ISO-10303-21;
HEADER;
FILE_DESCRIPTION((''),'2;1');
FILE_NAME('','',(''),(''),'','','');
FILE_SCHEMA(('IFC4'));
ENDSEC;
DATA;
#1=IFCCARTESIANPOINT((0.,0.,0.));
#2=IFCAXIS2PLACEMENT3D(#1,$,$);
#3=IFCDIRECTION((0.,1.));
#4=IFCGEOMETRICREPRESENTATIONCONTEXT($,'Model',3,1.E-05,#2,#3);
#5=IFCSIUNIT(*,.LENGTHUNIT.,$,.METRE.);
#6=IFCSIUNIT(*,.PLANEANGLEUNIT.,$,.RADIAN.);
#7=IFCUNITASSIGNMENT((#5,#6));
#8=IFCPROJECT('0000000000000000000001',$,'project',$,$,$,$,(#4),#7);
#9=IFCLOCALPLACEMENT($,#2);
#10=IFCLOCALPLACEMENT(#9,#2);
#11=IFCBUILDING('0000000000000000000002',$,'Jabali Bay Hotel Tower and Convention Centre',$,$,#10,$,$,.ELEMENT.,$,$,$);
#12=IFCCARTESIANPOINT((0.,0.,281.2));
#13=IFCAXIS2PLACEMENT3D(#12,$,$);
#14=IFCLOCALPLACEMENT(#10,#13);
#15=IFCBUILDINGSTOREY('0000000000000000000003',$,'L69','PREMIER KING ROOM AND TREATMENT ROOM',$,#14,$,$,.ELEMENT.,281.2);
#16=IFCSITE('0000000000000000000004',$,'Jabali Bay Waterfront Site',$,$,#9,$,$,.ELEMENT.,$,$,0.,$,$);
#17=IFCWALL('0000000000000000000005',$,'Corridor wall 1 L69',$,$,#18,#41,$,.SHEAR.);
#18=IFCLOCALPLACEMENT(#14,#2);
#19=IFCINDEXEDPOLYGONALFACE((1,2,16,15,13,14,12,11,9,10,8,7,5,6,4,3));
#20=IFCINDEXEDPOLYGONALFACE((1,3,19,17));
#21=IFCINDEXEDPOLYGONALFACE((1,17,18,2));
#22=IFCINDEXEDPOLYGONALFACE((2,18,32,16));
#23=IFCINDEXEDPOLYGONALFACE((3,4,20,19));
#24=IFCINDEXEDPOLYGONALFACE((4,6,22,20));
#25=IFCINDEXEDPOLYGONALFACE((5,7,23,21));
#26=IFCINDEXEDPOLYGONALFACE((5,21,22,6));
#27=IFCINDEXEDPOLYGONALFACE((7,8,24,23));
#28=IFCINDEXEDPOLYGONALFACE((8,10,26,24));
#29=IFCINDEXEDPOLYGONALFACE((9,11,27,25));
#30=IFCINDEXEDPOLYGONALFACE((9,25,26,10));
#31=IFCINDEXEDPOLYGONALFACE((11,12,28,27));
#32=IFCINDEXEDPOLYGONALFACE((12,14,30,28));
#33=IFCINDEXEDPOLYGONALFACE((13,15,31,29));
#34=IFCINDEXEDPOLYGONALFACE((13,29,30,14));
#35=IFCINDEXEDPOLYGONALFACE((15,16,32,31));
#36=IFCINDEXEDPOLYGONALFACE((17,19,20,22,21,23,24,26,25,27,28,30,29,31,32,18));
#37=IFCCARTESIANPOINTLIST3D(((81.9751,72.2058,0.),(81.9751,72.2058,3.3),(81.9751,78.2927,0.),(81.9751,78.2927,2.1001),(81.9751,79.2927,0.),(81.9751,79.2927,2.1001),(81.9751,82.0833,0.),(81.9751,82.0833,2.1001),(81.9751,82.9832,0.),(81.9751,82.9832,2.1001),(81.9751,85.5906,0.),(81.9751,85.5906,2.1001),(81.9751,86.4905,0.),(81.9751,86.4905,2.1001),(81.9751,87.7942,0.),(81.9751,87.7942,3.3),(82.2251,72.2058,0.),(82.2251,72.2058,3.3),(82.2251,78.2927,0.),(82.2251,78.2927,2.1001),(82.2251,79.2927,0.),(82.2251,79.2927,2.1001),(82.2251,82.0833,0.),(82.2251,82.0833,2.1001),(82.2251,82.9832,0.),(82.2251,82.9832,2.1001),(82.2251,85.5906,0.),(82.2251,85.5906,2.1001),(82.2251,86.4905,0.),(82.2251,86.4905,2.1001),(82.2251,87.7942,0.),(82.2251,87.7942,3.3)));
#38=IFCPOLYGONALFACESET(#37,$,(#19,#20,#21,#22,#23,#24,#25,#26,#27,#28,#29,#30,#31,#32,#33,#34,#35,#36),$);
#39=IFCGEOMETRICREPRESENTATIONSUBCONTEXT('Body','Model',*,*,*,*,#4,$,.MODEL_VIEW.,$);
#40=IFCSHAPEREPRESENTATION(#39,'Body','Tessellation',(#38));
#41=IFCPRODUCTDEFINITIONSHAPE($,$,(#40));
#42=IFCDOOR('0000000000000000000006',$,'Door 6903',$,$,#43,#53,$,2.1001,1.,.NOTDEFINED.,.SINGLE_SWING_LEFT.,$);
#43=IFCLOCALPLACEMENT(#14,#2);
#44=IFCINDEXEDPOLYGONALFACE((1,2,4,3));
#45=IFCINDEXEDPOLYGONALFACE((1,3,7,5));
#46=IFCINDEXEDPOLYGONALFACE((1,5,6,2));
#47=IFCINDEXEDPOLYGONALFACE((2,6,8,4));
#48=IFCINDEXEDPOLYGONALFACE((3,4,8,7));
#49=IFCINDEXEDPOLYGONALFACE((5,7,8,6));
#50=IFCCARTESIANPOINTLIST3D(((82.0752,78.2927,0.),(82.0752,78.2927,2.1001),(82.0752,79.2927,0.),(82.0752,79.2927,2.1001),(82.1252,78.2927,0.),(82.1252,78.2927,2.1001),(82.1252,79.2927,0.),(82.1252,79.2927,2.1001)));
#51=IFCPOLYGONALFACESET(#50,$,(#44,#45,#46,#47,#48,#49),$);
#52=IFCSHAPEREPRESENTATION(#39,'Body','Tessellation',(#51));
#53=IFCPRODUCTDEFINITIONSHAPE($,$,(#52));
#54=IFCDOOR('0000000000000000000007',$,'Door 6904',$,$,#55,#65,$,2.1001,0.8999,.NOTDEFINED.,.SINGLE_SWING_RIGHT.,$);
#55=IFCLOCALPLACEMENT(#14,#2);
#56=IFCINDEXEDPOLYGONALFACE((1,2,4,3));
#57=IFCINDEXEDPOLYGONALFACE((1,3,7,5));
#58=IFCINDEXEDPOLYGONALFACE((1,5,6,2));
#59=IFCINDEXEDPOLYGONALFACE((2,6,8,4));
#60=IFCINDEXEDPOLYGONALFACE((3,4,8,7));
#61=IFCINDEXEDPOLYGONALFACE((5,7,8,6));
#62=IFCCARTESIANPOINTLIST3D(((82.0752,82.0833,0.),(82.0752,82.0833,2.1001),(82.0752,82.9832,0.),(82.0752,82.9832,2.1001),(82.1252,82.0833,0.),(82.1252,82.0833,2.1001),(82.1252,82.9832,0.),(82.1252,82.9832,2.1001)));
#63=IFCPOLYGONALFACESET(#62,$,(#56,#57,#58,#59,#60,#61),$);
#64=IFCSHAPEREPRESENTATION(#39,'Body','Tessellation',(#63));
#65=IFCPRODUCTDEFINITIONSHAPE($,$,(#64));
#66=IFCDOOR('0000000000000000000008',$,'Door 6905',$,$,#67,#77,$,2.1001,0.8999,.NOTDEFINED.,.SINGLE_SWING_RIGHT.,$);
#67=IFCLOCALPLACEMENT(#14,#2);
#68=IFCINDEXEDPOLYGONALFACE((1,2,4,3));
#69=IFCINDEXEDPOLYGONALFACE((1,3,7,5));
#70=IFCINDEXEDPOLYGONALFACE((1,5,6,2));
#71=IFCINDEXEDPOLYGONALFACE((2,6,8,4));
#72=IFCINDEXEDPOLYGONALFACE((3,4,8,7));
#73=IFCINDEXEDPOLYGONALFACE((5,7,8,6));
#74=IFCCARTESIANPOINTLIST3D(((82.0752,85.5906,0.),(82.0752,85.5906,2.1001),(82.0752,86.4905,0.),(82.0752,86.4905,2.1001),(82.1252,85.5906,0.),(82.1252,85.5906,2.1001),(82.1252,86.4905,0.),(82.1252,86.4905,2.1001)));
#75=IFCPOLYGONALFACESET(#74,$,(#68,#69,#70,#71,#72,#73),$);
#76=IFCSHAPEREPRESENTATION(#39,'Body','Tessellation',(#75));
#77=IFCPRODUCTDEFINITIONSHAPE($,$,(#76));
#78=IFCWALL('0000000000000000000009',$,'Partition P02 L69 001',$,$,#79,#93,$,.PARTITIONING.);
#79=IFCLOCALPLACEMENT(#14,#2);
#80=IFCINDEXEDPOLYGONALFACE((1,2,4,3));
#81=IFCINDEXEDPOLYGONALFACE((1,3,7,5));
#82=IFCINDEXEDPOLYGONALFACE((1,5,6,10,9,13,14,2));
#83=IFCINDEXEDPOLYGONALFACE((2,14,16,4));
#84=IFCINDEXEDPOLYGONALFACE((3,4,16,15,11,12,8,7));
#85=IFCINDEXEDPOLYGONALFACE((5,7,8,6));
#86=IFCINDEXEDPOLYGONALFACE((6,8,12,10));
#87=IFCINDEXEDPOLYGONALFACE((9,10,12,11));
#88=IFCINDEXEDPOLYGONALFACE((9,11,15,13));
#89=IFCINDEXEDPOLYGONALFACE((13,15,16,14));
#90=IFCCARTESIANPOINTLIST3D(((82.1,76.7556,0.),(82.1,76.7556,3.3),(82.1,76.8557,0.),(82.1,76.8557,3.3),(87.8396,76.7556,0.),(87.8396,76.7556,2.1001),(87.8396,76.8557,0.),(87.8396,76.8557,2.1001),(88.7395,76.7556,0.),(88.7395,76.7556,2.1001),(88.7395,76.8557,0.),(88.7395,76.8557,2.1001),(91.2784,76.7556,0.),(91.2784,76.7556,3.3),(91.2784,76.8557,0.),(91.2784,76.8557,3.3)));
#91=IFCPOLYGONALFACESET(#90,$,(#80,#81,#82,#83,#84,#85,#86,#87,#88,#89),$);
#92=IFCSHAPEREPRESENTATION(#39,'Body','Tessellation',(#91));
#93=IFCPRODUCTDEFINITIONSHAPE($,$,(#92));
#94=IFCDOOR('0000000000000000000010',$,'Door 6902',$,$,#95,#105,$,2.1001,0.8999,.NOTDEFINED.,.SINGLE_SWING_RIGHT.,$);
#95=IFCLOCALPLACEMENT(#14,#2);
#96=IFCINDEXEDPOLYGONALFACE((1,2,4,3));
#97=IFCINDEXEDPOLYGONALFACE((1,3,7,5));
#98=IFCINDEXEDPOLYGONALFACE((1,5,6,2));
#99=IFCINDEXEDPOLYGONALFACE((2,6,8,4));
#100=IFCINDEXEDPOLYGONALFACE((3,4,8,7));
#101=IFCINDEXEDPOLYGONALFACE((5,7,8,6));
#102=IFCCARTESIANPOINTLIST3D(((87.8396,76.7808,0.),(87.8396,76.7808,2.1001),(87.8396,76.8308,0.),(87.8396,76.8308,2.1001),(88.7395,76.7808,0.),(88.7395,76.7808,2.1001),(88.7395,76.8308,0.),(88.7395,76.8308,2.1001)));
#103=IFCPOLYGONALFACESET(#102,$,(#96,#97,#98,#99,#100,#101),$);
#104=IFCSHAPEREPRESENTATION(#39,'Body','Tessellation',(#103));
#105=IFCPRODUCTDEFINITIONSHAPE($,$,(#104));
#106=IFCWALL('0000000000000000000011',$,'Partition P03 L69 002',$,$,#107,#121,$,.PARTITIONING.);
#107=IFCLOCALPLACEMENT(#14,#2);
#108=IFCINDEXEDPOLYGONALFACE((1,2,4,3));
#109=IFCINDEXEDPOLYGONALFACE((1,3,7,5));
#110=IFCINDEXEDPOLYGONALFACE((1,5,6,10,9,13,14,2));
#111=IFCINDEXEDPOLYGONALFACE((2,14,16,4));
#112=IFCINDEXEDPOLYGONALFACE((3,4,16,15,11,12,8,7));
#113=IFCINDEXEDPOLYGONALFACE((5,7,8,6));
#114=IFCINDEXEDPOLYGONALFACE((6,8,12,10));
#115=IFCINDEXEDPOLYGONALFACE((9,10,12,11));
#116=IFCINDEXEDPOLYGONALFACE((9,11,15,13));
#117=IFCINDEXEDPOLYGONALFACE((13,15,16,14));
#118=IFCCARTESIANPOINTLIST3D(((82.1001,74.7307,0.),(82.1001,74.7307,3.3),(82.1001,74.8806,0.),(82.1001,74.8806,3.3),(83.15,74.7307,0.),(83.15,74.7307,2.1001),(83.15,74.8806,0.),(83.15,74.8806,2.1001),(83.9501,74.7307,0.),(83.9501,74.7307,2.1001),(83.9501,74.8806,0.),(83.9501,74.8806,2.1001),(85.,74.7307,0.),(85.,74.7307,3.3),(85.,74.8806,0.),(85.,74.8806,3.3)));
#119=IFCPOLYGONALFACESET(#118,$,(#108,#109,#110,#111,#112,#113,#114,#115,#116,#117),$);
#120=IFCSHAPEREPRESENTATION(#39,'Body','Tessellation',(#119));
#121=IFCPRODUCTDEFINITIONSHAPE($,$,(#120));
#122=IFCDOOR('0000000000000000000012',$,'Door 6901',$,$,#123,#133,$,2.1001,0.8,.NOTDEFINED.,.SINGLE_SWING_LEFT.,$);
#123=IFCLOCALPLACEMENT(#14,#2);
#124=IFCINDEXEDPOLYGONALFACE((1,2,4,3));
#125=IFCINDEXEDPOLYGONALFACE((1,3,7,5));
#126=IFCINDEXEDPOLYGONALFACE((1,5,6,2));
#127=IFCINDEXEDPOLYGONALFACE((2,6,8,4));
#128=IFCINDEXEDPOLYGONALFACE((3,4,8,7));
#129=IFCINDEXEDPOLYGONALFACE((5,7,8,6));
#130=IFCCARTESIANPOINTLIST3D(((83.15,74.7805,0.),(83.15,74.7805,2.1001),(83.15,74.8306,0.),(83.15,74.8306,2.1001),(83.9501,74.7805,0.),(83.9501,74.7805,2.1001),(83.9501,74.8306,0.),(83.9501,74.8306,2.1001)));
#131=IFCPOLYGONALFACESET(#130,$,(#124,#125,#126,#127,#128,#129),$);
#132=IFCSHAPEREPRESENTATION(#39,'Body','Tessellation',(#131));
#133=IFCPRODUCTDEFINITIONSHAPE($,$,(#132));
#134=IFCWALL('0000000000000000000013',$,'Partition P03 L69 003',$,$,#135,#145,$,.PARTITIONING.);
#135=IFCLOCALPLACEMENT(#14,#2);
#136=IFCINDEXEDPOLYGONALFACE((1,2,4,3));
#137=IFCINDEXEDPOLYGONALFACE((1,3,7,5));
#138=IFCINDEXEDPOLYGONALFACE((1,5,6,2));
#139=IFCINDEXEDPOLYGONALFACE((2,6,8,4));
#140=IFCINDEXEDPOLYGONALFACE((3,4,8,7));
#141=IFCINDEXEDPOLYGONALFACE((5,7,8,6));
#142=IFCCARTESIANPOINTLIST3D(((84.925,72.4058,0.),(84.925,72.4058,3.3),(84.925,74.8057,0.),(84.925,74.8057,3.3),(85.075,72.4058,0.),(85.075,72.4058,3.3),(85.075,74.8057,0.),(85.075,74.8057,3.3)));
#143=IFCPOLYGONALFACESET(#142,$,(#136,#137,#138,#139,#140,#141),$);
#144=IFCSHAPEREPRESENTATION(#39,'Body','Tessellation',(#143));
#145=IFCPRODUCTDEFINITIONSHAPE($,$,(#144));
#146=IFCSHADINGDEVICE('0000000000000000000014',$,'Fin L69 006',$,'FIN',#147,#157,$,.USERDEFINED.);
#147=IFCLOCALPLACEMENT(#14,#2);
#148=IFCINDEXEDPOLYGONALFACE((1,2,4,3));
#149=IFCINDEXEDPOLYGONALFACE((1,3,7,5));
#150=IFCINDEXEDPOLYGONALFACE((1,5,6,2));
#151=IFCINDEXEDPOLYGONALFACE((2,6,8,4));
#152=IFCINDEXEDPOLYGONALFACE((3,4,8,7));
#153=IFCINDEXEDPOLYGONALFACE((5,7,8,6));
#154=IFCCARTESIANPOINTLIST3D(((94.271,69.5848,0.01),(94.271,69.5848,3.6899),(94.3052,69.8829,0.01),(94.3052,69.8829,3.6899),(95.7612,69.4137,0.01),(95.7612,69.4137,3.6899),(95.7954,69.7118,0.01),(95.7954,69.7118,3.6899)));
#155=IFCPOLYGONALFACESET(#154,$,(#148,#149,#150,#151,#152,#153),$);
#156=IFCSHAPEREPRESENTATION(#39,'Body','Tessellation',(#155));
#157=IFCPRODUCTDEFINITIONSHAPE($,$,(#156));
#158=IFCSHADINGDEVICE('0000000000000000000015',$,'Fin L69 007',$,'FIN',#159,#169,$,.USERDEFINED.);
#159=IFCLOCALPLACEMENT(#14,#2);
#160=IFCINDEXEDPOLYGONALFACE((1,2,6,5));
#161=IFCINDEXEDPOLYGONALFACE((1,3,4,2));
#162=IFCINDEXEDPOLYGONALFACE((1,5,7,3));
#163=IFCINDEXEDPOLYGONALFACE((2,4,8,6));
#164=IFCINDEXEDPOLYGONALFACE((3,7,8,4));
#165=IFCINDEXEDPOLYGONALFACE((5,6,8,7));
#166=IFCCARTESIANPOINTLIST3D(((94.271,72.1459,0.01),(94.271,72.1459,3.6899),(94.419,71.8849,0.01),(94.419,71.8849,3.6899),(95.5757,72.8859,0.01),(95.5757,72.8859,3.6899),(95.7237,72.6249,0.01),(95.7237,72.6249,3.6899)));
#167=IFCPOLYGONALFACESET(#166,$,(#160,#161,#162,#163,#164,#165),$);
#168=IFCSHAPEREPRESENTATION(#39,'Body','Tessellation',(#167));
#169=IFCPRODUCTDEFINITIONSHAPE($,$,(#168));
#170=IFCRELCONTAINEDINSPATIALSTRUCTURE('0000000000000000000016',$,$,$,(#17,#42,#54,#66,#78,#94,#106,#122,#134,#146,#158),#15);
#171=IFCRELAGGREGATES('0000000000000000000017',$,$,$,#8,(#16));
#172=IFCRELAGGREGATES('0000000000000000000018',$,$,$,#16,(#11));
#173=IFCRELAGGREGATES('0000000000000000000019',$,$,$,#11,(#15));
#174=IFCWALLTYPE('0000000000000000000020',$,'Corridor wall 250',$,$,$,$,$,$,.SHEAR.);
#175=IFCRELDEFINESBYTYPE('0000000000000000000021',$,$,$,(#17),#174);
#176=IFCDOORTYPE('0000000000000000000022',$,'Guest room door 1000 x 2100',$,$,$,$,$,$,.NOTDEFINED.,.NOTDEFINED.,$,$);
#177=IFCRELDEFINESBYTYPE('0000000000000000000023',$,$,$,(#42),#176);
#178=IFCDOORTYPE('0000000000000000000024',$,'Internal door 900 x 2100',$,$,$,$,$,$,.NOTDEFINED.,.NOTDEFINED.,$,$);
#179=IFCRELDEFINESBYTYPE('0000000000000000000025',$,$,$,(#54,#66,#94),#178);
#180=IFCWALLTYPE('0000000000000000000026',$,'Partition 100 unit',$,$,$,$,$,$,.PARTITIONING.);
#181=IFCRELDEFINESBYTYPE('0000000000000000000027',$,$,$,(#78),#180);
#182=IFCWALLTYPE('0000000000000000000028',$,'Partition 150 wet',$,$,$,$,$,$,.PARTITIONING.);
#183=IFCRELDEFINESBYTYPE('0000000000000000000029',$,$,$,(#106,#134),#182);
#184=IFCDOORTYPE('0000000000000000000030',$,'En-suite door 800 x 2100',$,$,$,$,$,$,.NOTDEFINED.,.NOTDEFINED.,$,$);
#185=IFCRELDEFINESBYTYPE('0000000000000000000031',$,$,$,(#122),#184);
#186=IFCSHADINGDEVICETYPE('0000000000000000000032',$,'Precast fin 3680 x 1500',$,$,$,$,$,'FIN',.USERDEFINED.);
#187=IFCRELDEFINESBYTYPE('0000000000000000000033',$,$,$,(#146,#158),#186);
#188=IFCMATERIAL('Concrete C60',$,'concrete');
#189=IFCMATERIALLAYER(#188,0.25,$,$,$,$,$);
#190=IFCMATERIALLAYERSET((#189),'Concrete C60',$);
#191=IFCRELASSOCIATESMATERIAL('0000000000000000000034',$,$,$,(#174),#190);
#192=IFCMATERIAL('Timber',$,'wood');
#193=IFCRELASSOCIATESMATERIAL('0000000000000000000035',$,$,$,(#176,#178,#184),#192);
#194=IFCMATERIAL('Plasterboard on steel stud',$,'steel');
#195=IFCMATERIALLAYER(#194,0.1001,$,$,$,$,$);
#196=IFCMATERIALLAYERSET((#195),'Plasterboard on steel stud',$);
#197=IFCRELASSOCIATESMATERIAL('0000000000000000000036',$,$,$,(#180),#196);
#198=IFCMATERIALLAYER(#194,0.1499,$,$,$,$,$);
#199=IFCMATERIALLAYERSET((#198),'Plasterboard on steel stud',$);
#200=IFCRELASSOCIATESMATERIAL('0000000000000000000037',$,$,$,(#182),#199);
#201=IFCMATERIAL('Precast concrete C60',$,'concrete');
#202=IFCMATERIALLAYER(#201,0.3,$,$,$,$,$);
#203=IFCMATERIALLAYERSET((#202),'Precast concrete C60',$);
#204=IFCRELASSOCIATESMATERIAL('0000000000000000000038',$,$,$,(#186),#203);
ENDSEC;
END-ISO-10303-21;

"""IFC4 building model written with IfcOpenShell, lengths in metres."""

from ifc_helpers import new_model, si_unit, direction, frame, frame_2d, origin, place, context, subcontext, project, spatial, rectangle, extrude, material, layer, layer_set, type_object, element, fill, save


model = new_model("IFC4")

# Units and contexts
model_context = context("Model", 3, precision=1e-05, world=origin(), true_north=direction((0.0, 1.0)))
body_context = subcontext(model_context, "Body", "Model", "MODEL_VIEW")
ifc_project = project(units=[si_unit("LENGTHUNIT", "METRE"), si_unit("PLANEANGLEUNIT", "RADIAN")], contexts=[model_context])

# Site, building, storey
site_placement = place(None, origin())
site = spatial("IfcSite", under=ifc_project, at=site_placement, Name="Jabali Bay Waterfront Site", CompositionType="ELEMENT", RefElevation=0.0)
building_placement = place(site_placement, origin())
building = spatial("IfcBuilding", under=site, at=building_placement, Name="Jabali Bay Hotel Tower and Convention Centre", CompositionType="ELEMENT")
storey_placement = place(building_placement, frame((0.0, 0.0, 281.2)))
storey = spatial("IfcBuildingStorey", under=building, at=storey_placement, Name="L69", Description="PREMIER KING ROOM AND TREATMENT ROOM", CompositionType="ELEMENT", Elevation=281.2)

# Shared definitions
ifc_material_1 = material(Name="Concrete C60", Category="concrete")

# Wall, openings, doors
ifc_layer_1 = layer(ifc_material_1, 0.25)
ifc_layer_set_1 = layer_set([ifc_layer_1], Name="Concrete C60")
wall_type_1 = type_object("IfcWallType", Name="Corridor wall 250", PredefinedType="SHEAR", material=ifc_layer_set_1)
wall_1_placement = place(storey_placement, frame((82.1001, 72.2058, 0.0), z_axis=(0.0, 0.0, 1.0), x_axis=(0.0, 1.0, 0.0)))
wall_1 = element("IfcWall", 1, at=wall_1_placement, inside=storey, type_object=wall_type_1, Name="Corridor wall 1 L69", PredefinedType="SHEAR", context=body_context, shape_type="SweptSolid", body=[
    extrude(rectangle(XDim=15.5884, YDim=0.25, at=frame_2d((7.7942, 0.0))), origin(), (0.0, 0.0, 1.0), 3.3),
])
opening_1_placement = place(wall_1_placement, frame((6.0869, 0.0, 0.0)))
opening_1 = element("IfcOpeningElement", 2, at=opening_1_placement, cuts=wall_1, PredefinedType="OPENING", context=body_context, shape_type="SweptSolid", body=[
    extrude(rectangle(XDim=1.0, YDim=2.1001, at=frame_2d((0.5, 1.05))), frame((0.0, 0.1355, 0.0), z_axis=(0.0, -1.0, 0.0), x_axis=(1.0, 0.0, 0.0)), (0.0, 0.0, 1.0), 0.271),
])
opening_2_placement = place(wall_1_placement, frame((9.8774, 0.0, 0.0)))
opening_2 = element("IfcOpeningElement", 3, at=opening_2_placement, cuts=wall_1, PredefinedType="OPENING", context=body_context, shape_type="SweptSolid", body=[
    extrude(rectangle(XDim=0.8999, YDim=2.1001, at=frame_2d((0.45, 1.05))), frame((0.0, 0.1355, 0.0), z_axis=(0.0, -1.0, 0.0), x_axis=(1.0, 0.0, 0.0)), (0.0, 0.0, 1.0), 0.271),
])
opening_3_placement = place(wall_1_placement, frame((13.3848, 0.0, 0.0)))
opening_3 = element("IfcOpeningElement", 4, at=opening_3_placement, cuts=wall_1, PredefinedType="OPENING", context=body_context, shape_type="SweptSolid", body=[
    extrude(rectangle(XDim=0.8999, YDim=2.1001, at=frame_2d((0.45, 1.05))), frame((0.0, 0.1355, 0.0), z_axis=(0.0, -1.0, 0.0), x_axis=(1.0, 0.0, 0.0)), (0.0, 0.0, 1.0), 0.271),
])
ifc_material_2 = material(Name="Timber", Category="wood")
door_type_1 = type_object("IfcDoorType", Name="Guest room door 1000 x 2100", OperationType="NOTDEFINED", PredefinedType="NOTDEFINED", material=ifc_material_2)
door_1_placement = place(opening_1_placement, origin())
door_1 = element("IfcDoor", 5, at=door_1_placement, inside=storey, type_object=door_type_1, Name="Door 6903", OperationType="SINGLE_SWING_LEFT", OverallHeight=2.1001, OverallWidth=1.0, PredefinedType="NOTDEFINED", context=body_context, shape_type="SweptSolid", body=[
    extrude(rectangle(XDim=1.0, YDim=2.1001, at=frame_2d((0.5, 1.05))), frame((0.0, 0.0249, 0.0), z_axis=(0.0, -1.0, 0.0), x_axis=(1.0, 0.0, 0.0)), (0.0, 0.0, 1.0), 0.05),
])
fill(opening_1, door_1)
door_type_2 = type_object("IfcDoorType", Name="Internal door 900 x 2100", OperationType="NOTDEFINED", PredefinedType="NOTDEFINED", material=ifc_material_2)
door_2_placement = place(opening_2_placement, origin())
door_2 = element("IfcDoor", 6, at=door_2_placement, inside=storey, type_object=door_type_2, Name="Door 6904", OperationType="SINGLE_SWING_RIGHT", OverallHeight=2.1001, OverallWidth=0.8999, PredefinedType="NOTDEFINED", context=body_context, shape_type="SweptSolid", body=[
    extrude(rectangle(XDim=0.8999, YDim=2.1001, at=frame_2d((0.45, 1.05))), frame((0.0, 0.0249, 0.0), z_axis=(0.0, -1.0, 0.0), x_axis=(1.0, 0.0, 0.0)), (0.0, 0.0, 1.0), 0.05),
])
fill(opening_2, door_2)
door_3_placement = place(opening_3_placement, origin())
door_3 = element("IfcDoor", 7, at=door_3_placement, inside=storey, type_object=door_type_2, Name="Door 6905", OperationType="SINGLE_SWING_RIGHT", OverallHeight=2.1001, OverallWidth=0.8999, PredefinedType="NOTDEFINED", context=body_context, shape_type="SweptSolid", body=[
    extrude(rectangle(XDim=0.8999, YDim=2.1001, at=frame_2d((0.45, 1.05))), frame((0.0, 0.0249, 0.0), z_axis=(0.0, -1.0, 0.0), x_axis=(1.0, 0.0, 0.0)), (0.0, 0.0, 1.0), 0.05),
])
fill(opening_3, door_3)

# Walls, openings, doors
ifc_material_3 = material(Name="Plasterboard on steel stud", Category="steel")
ifc_layer_2 = layer(ifc_material_3, 0.1001)
ifc_layer_set_2 = layer_set([ifc_layer_2], Name="Plasterboard on steel stud")
wall_type_2 = type_object("IfcWallType", Name="Partition 100 unit", PredefinedType="PARTITIONING", material=ifc_layer_set_2)
wall_2_placement = place(storey_placement, frame((91.2786, 76.8057, 0.0), z_axis=(0.0, 0.0, 1.0), x_axis=(-1.0, 0.0, 0.0)))
wall_2 = element("IfcWall", 8, at=wall_2_placement, inside=storey, type_object=wall_type_2, Name="Partition P02 L69 001", PredefinedType="PARTITIONING", context=body_context, shape_type="SweptSolid", body=[
    extrude(rectangle(XDim=9.1785, YDim=0.1001, at=frame_2d((4.5894, 0.0))), origin(), (0.0, 0.0, 1.0), 3.3),
])
opening_4_placement = place(wall_2_placement, frame((2.5391, 0.0, 0.0)))
opening_4 = element("IfcOpeningElement", 9, at=opening_4_placement, cuts=wall_2, PredefinedType="OPENING", context=body_context, shape_type="SweptSolid", body=[
    extrude(rectangle(XDim=0.8999, YDim=2.1001, at=frame_2d((0.45, 1.05))), frame((0.0, 0.0605, 0.0), z_axis=(0.0, -1.0, 0.0), x_axis=(1.0, 0.0, 0.0)), (0.0, 0.0, 1.0), 0.1211),
])
door_4_placement = place(opening_4_placement, origin())
door_4 = element("IfcDoor", 10, at=door_4_placement, inside=storey, type_object=door_type_2, Name="Door 6902", OperationType="SINGLE_SWING_RIGHT", OverallHeight=2.1001, OverallWidth=0.8999, PredefinedType="NOTDEFINED", context=body_context, shape_type="SweptSolid", body=[
    extrude(rectangle(XDim=0.8999, YDim=2.1001, at=frame_2d((0.45, 1.05))), frame((0.0, 0.0249, 0.0), z_axis=(0.0, -1.0, 0.0), x_axis=(1.0, 0.0, 0.0)), (0.0, 0.0, 1.0), 0.05),
])
fill(opening_4, door_4)
ifc_layer_3 = layer(ifc_material_3, 0.1499)
ifc_layer_set_3 = layer_set([ifc_layer_3], Name="Plasterboard on steel stud")
wall_type_3 = type_object("IfcWallType", Name="Partition 150 wet", PredefinedType="PARTITIONING", material=ifc_layer_set_3)
wall_3_placement = place(storey_placement, frame((82.1001, 74.8057, 0.0), z_axis=(0.0, 0.0, 1.0), x_axis=(1.0, 0.0, 0.0)))
wall_3 = element("IfcWall", 11, at=wall_3_placement, inside=storey, type_object=wall_type_3, Name="Partition P03 L69 002", PredefinedType="PARTITIONING", context=body_context, shape_type="SweptSolid", body=[
    extrude(rectangle(XDim=2.8999, YDim=0.1499, at=frame_2d((1.45, 0.0))), origin(), (0.0, 0.0, 1.0), 3.3),
])
opening_5_placement = place(wall_3_placement, frame((1.05, 0.0, 0.0)))
opening_5 = element("IfcOpeningElement", 12, at=opening_5_placement, cuts=wall_3, PredefinedType="OPENING", context=body_context, shape_type="SweptSolid", body=[
    extrude(rectangle(XDim=0.8, YDim=2.1001, at=frame_2d((0.3999, 1.05))), frame((0.0, 0.0854, 0.0), z_axis=(0.0, -1.0, 0.0), x_axis=(1.0, 0.0, 0.0)), (0.0, 0.0, 1.0), 0.1709),
])
door_type_3 = type_object("IfcDoorType", Name="En-suite door 800 x 2100", OperationType="NOTDEFINED", PredefinedType="NOTDEFINED", material=ifc_material_2)
door_5_placement = place(opening_5_placement, origin())
door_5 = element("IfcDoor", 13, at=door_5_placement, inside=storey, type_object=door_type_3, Name="Door 6901", OperationType="SINGLE_SWING_LEFT", OverallHeight=2.1001, OverallWidth=0.8, PredefinedType="NOTDEFINED", context=body_context, shape_type="SweptSolid", body=[
    extrude(rectangle(XDim=0.8, YDim=2.1001, at=frame_2d((0.3999, 1.05))), frame((0.0, 0.0249, 0.0), z_axis=(0.0, -1.0, 0.0), x_axis=(1.0, 0.0, 0.0)), (0.0, 0.0, 1.0), 0.05),
])
fill(opening_5, door_5)

# Wall
wall_4_placement = place(storey_placement, frame((85.0, 74.8057, 0.0), z_axis=(0.0, 0.0, 1.0), x_axis=(0.0, -1.0, 0.0)))
element("IfcWall", 14, at=wall_4_placement, inside=storey, type_object=wall_type_3, Name="Partition P03 L69 003", PredefinedType="PARTITIONING", context=body_context, shape_type="SweptSolid", body=[
    extrude(rectangle(XDim=2.3999, YDim=0.1499, at=frame_2d((1.2, 0.0))), origin(), (0.0, 0.0, 1.0), 3.3),
])

# Shading devices
ifc_material_4 = material(Name="Precast concrete C60", Category="concrete")
ifc_layer_4 = layer(ifc_material_4, 0.3)
ifc_layer_set_4 = layer_set([ifc_layer_4], Name="Precast concrete C60")
shading_device_type = type_object("IfcShadingDeviceType", Name="Precast fin 3680 x 1500", ElementType="FIN", PredefinedType="USERDEFINED", material=ifc_layer_set_4)
for number, where, z_axis, x_axis, name in (
    (15, (94.2881, 69.7339, 0.01), (0.0, 0.0, 1.0), (0.99347, -0.114093, 0.0), "Fin L69 006"),
    (16, (94.345, 72.0154, 0.01), (0.0, 0.0, 1.0), (0.869831, 0.493349, 0.0), "Fin L69 007"),
):
    element("IfcShadingDevice", number, at=place(storey_placement, frame(where, z_axis=z_axis, x_axis=x_axis)), inside=storey, type_object=shading_device_type, Name=name, ObjectType="FIN", PredefinedType="USERDEFINED", context=body_context, shape_type="SweptSolid", body=[
        extrude(rectangle(XDim=1.5, YDim=0.3, at=frame_2d((0.75, 0.0))), origin(), (0.0, 0.0, 1.0), 3.6799),
    ])

save(model, "model.ifc")
